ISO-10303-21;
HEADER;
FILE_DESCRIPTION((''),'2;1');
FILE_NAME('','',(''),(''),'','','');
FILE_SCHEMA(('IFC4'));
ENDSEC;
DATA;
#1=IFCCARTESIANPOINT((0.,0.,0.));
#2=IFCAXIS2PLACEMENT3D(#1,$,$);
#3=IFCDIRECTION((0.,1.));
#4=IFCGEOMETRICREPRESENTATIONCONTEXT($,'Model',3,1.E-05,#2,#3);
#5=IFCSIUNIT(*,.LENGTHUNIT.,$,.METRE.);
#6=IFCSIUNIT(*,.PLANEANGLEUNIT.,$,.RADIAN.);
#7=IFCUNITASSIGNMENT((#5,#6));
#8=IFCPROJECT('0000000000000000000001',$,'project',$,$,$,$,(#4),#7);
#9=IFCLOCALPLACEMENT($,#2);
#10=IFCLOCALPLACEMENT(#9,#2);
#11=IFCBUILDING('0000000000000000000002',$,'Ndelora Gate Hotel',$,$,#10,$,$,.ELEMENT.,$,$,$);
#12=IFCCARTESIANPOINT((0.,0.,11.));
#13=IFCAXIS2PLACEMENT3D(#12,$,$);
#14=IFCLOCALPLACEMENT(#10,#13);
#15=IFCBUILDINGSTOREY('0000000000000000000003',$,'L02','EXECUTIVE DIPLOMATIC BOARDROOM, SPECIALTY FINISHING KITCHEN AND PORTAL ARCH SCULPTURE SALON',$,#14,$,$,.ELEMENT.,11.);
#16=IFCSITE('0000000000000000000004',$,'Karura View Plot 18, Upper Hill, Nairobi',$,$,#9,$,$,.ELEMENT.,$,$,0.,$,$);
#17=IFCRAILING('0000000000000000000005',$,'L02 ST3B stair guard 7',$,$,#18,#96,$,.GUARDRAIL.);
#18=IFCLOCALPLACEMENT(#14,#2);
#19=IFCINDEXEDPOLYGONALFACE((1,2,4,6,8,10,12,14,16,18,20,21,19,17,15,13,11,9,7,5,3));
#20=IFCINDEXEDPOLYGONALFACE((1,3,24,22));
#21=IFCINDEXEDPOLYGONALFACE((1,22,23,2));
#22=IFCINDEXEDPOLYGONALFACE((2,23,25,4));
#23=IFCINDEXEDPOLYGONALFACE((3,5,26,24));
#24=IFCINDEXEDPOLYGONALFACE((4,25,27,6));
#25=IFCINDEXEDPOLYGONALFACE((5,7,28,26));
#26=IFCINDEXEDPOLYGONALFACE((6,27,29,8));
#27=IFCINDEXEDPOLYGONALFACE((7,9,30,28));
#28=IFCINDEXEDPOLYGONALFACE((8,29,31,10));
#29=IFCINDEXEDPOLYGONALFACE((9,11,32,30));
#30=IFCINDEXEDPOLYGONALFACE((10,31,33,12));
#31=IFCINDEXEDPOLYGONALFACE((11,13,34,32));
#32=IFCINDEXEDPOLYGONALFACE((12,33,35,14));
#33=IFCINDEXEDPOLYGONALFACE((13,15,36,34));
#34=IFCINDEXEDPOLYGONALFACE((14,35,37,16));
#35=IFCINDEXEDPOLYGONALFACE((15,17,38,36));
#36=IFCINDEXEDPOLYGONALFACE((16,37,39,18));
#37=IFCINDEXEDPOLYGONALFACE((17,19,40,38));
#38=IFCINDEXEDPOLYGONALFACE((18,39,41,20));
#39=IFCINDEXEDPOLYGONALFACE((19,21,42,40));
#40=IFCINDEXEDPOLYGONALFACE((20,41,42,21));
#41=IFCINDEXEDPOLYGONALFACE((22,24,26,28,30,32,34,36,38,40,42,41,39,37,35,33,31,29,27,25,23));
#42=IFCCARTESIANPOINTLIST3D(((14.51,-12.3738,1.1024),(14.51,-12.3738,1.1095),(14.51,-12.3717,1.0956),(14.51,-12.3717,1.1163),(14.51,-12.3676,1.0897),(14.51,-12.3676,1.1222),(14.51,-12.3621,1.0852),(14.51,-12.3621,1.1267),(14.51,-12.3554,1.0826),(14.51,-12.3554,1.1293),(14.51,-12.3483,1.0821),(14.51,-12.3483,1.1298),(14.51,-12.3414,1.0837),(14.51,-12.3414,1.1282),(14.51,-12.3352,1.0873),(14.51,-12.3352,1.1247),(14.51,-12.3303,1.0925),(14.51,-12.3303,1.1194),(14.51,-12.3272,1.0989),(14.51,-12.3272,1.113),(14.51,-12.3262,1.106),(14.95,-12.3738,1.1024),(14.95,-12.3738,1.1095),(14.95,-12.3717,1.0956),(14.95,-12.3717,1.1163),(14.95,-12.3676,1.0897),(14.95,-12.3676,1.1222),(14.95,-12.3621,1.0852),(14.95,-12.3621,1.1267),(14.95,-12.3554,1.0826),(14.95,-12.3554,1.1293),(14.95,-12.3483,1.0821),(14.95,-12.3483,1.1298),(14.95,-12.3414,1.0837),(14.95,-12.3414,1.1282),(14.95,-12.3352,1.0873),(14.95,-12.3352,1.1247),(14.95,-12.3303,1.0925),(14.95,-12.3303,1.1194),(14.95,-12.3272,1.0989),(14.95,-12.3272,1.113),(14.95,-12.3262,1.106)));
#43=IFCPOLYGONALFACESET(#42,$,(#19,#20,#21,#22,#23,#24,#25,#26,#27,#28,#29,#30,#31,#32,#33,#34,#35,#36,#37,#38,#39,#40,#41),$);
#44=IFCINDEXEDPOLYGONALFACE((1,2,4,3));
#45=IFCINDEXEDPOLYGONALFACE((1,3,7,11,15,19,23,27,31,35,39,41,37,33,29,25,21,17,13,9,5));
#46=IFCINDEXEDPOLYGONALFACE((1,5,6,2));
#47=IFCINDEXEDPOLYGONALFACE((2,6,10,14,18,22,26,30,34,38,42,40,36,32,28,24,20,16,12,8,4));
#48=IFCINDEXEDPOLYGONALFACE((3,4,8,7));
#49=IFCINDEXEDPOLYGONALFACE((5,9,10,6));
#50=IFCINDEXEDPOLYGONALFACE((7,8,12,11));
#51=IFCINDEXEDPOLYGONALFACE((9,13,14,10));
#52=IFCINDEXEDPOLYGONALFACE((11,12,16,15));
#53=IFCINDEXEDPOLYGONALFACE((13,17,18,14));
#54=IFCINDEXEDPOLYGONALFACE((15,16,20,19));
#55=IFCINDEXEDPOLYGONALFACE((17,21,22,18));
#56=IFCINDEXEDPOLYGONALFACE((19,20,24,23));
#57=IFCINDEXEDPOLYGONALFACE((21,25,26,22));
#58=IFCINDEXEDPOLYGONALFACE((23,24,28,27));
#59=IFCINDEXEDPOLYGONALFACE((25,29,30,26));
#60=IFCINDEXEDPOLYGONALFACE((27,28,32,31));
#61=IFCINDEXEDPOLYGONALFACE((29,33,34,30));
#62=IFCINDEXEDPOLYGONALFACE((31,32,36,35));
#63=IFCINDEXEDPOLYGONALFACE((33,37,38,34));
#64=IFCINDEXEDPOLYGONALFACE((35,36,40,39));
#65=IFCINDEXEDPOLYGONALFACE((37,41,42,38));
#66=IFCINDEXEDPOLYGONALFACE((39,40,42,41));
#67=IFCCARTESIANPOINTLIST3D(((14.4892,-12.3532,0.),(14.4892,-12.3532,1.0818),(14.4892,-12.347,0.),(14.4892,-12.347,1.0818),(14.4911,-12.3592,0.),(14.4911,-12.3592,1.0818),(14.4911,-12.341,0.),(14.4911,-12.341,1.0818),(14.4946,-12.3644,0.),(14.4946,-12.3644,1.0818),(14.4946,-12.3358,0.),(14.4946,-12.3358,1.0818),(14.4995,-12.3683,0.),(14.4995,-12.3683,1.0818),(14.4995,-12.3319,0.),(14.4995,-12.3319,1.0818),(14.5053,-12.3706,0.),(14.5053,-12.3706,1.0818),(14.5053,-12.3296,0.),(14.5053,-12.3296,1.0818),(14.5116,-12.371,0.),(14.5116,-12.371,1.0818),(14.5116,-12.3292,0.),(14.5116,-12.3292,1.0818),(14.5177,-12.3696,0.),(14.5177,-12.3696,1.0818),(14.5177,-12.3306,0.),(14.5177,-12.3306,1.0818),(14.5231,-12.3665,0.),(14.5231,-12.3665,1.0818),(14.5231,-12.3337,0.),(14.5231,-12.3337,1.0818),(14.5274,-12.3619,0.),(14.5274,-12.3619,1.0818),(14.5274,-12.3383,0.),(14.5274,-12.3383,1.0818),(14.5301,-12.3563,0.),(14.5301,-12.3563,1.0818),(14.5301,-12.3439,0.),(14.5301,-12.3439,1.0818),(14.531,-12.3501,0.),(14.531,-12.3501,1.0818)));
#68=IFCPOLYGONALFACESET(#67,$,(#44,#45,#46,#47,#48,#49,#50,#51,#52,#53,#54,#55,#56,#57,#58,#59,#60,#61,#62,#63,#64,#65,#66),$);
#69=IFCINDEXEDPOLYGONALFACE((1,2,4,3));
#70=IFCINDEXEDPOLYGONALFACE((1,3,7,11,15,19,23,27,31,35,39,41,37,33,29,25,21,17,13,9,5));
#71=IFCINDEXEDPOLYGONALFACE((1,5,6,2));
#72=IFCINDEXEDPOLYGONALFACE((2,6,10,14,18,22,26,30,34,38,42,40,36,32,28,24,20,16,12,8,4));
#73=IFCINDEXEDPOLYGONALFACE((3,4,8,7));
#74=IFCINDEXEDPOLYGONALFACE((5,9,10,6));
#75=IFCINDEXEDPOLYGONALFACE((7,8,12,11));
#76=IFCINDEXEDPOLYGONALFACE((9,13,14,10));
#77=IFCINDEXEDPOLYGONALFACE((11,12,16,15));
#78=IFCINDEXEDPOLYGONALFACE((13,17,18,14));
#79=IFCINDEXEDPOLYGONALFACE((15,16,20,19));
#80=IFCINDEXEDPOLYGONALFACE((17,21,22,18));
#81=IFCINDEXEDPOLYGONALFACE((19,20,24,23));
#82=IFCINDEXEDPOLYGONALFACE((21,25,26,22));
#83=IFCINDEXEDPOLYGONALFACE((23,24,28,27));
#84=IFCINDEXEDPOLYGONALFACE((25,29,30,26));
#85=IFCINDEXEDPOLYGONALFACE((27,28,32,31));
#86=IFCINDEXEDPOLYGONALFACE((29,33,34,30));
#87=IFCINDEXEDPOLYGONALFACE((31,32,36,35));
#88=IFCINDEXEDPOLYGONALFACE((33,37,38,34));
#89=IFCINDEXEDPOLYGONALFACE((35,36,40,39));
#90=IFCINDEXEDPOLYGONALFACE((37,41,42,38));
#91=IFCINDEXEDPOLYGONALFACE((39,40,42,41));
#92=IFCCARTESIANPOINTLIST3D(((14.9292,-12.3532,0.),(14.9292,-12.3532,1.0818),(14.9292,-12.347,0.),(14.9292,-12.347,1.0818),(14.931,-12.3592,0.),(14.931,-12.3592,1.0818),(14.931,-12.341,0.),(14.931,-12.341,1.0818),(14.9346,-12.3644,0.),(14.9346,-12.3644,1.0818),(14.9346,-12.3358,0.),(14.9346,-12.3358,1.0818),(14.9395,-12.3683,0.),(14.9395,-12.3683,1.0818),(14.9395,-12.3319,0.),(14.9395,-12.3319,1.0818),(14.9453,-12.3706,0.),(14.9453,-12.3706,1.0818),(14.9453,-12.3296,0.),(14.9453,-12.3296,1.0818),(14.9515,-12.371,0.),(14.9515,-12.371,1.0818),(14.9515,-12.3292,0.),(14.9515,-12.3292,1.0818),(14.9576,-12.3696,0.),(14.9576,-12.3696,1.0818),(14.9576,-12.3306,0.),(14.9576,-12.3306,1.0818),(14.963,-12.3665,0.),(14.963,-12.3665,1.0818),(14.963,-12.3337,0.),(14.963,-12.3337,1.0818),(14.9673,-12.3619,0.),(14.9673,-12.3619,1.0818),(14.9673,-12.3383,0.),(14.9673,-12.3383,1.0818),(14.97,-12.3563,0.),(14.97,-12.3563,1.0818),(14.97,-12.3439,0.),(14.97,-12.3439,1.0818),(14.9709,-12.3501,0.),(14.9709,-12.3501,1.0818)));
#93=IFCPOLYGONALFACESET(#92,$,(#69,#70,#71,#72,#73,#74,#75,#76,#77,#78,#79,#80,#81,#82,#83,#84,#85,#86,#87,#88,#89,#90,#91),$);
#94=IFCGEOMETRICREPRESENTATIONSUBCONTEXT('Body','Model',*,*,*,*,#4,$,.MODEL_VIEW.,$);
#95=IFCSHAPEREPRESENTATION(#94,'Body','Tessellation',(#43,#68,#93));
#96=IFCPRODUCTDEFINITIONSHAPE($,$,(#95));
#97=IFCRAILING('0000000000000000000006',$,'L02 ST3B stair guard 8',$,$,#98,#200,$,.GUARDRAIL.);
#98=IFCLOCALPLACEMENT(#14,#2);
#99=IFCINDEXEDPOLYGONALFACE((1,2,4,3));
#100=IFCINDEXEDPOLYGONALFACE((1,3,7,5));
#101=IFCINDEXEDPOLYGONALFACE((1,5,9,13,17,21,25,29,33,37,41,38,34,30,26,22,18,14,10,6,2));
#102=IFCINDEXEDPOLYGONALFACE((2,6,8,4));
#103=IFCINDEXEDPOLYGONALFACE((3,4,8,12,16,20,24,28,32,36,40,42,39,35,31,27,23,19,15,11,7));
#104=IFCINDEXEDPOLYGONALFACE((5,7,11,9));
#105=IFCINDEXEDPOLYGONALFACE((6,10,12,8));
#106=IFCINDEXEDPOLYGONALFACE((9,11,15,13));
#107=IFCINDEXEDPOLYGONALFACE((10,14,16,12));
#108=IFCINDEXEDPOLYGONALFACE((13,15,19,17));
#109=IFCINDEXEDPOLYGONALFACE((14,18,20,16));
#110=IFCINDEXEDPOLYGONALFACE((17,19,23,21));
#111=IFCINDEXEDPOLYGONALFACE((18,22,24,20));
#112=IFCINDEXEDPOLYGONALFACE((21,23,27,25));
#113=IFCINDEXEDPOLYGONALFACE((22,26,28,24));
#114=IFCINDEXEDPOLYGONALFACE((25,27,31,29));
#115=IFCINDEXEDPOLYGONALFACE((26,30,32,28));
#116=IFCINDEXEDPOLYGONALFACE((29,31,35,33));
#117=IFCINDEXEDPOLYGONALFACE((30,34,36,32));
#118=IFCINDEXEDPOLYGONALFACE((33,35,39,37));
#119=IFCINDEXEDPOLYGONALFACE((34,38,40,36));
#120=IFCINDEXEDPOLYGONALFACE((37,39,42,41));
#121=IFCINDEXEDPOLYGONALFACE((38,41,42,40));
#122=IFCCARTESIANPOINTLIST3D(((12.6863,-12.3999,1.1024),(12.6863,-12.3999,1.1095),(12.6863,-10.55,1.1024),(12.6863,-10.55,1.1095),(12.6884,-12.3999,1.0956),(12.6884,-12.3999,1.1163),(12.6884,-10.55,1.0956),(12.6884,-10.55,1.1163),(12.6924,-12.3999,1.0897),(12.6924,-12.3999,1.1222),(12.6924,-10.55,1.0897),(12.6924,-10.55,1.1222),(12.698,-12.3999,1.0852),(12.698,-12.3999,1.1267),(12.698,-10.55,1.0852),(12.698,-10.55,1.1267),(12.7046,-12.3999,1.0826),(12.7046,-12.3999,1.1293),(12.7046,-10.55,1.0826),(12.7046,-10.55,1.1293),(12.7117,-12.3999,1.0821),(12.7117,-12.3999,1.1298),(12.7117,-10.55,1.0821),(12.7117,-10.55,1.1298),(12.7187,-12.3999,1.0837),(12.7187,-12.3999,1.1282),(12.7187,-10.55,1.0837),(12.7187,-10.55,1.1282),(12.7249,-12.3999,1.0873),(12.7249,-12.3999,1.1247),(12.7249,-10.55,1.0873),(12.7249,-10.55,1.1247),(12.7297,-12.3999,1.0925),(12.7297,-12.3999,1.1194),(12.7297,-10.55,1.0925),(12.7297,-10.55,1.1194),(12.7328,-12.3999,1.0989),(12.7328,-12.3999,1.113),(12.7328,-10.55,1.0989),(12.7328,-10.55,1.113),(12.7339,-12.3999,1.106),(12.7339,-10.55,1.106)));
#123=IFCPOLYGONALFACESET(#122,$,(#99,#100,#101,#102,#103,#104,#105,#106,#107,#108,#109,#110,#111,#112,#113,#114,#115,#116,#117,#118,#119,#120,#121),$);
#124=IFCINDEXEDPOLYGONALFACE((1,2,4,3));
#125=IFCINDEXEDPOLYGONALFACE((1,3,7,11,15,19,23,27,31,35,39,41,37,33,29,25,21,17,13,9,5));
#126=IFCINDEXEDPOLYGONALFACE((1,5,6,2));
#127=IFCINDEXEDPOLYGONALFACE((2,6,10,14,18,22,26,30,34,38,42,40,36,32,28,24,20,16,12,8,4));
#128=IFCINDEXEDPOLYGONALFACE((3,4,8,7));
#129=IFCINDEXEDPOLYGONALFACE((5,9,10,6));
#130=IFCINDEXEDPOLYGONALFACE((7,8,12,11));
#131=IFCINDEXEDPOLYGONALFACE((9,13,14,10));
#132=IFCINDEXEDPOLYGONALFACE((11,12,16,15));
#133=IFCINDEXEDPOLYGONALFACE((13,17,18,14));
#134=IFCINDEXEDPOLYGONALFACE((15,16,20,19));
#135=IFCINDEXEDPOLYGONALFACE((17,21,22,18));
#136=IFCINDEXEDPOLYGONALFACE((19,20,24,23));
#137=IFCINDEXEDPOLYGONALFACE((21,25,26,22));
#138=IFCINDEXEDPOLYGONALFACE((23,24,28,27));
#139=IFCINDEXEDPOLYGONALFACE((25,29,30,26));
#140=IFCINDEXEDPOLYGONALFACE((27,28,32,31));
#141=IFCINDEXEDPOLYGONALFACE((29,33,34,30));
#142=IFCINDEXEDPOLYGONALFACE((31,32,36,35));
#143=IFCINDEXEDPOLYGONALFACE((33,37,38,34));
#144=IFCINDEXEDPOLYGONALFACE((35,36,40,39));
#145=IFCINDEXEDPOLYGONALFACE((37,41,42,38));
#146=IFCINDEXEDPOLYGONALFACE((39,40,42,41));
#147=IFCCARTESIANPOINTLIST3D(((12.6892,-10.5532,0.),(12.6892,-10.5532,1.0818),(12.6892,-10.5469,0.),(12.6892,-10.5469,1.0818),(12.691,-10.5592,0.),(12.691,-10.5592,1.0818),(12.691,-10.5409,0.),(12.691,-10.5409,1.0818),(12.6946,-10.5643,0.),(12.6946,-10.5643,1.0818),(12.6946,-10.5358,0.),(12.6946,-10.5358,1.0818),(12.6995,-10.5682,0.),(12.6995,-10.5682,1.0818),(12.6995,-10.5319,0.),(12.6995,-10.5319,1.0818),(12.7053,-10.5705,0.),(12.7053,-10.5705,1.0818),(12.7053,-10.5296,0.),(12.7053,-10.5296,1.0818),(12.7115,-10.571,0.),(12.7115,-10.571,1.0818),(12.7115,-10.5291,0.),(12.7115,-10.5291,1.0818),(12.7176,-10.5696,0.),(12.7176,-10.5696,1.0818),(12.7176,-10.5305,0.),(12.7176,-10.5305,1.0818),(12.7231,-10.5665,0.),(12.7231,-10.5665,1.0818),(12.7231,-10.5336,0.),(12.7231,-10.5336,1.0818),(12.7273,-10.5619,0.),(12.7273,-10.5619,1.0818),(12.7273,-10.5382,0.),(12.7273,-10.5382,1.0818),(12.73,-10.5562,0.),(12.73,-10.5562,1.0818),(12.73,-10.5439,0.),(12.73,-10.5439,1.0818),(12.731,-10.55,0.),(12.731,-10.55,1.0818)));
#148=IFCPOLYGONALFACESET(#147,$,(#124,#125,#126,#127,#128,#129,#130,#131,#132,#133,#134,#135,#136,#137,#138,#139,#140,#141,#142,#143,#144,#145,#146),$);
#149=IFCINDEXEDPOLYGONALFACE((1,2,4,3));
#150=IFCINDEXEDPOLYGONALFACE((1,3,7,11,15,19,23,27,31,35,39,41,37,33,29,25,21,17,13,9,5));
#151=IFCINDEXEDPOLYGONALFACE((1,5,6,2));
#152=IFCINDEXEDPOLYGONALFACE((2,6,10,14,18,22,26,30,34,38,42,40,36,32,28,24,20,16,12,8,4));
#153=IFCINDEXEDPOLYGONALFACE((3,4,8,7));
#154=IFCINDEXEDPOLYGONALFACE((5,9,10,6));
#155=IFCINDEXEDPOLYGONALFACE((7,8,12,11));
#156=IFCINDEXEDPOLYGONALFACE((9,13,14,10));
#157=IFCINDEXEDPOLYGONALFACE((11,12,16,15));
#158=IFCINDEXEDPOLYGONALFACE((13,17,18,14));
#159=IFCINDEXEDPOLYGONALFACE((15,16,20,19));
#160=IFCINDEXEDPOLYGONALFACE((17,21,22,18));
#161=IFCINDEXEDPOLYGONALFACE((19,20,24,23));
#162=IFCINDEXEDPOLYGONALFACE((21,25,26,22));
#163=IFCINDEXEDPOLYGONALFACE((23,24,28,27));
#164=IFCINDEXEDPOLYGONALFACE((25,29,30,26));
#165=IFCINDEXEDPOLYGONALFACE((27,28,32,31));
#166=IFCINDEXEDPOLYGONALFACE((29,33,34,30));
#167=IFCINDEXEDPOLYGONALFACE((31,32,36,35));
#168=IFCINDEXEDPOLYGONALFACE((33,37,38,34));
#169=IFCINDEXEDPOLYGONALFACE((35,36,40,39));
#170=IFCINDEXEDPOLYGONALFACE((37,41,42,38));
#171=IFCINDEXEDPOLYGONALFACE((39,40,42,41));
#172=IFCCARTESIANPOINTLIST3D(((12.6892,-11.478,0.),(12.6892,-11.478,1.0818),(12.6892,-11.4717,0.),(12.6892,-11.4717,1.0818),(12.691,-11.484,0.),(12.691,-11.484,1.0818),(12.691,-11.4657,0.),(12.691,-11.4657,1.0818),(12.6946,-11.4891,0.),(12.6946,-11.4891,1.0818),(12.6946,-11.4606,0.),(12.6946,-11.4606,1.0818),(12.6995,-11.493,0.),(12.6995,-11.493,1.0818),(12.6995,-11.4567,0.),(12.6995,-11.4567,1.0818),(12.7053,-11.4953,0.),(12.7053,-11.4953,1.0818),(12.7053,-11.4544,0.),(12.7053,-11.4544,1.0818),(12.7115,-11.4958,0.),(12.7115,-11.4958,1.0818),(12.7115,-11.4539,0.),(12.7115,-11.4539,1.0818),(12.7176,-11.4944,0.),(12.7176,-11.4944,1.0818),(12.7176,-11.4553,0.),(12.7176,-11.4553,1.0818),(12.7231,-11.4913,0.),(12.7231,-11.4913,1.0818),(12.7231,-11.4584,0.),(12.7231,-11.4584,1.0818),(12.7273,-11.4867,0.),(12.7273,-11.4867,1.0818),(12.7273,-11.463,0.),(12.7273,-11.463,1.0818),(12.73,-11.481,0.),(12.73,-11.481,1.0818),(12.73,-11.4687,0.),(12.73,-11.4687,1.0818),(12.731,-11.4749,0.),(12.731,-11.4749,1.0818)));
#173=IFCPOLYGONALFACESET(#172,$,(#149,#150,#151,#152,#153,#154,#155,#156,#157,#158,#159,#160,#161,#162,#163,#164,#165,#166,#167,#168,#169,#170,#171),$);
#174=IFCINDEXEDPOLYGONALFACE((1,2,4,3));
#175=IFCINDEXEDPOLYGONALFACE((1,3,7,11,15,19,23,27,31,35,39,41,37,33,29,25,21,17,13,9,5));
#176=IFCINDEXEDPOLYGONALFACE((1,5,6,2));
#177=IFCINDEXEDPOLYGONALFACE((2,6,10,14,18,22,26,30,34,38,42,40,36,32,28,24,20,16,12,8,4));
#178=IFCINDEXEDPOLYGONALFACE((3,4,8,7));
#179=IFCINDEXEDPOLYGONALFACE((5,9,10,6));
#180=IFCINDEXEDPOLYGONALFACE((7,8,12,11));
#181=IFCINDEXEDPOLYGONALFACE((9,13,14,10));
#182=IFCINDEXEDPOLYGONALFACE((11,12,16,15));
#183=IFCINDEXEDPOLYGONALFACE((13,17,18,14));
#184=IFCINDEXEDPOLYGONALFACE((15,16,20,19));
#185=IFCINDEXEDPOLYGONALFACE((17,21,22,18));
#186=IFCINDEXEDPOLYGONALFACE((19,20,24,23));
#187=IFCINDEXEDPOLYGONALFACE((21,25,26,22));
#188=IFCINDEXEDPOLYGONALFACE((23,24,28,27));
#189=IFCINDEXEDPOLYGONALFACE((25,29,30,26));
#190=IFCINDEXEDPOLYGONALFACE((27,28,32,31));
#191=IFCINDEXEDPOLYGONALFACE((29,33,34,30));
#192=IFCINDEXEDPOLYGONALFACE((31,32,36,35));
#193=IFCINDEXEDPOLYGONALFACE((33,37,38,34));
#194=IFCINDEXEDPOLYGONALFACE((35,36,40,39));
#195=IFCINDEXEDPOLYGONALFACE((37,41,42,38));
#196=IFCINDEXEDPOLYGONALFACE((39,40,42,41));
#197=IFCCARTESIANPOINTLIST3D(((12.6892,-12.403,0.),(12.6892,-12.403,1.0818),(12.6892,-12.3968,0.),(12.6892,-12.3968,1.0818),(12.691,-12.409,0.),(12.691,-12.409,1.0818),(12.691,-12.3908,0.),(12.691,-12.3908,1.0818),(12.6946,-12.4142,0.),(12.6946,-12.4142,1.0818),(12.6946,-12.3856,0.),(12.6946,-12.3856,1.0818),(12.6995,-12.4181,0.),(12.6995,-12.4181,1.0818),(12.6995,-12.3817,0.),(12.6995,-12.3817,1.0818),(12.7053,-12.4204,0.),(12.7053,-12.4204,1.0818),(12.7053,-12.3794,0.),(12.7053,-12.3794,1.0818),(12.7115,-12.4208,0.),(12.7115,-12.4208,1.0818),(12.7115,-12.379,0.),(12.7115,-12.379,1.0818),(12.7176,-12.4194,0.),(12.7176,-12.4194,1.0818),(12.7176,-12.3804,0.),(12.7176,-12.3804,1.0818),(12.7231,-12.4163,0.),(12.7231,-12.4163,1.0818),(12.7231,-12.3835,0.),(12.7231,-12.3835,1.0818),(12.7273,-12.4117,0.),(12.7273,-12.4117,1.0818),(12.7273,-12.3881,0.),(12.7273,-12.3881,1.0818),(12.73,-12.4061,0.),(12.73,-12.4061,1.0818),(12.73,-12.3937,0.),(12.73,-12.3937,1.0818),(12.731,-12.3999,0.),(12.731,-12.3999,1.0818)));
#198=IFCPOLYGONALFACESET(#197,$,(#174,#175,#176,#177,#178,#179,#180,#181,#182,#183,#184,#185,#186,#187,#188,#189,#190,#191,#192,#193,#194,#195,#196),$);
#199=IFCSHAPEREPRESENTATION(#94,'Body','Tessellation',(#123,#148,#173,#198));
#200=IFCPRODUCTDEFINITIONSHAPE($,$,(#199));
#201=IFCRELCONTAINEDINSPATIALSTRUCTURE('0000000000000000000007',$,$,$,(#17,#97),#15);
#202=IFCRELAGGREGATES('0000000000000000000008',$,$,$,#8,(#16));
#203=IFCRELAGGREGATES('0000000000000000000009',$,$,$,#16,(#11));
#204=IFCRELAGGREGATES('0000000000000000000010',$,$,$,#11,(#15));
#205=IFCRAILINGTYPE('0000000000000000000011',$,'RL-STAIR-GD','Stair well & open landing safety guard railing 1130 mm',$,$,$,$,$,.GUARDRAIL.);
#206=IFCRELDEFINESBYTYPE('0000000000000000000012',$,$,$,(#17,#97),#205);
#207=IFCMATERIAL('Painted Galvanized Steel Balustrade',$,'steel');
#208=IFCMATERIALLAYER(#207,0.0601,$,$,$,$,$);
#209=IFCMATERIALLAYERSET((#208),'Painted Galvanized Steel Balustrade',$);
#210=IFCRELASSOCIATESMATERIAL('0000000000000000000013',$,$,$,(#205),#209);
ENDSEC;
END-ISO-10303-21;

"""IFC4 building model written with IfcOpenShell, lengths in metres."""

from ifc_helpers import new_model, si_unit, direction, frame, origin, origin_2d, place, context, subcontext, project, spatial, circle, extrude, material, layer, layer_set, type_object, element, save


model = new_model("IFC4")

# Units and contexts
model_context = context("Model", 3, precision=1e-05, world=origin(), true_north=direction((0.0, 1.0)))
body_context = subcontext(model_context, "Body", "Model", "MODEL_VIEW")
ifc_project = project(units=[si_unit("LENGTHUNIT", "METRE"), si_unit("PLANEANGLEUNIT", "RADIAN")], contexts=[model_context])

# Site, building, storey
site_placement = place(None, origin())
site = spatial("IfcSite", under=ifc_project, at=site_placement, Name="Karura View Plot 18, Upper Hill, Nairobi", CompositionType="ELEMENT", RefElevation=0.0)
building_placement = place(site_placement, origin())
building = spatial("IfcBuilding", under=site, at=building_placement, Name="Ndelora Gate Hotel", CompositionType="ELEMENT")
storey_placement = place(building_placement, frame((0.0, 0.0, 11.0)))
storey = spatial("IfcBuildingStorey", under=building, at=storey_placement, Name="L02", Description="EXECUTIVE DIPLOMATIC BOARDROOM, SPECIALTY FINISHING KITCHEN AND PORTAL ARCH SCULPTURE SALON", CompositionType="ELEMENT", Elevation=11.0)

# Railings
ifc_material_1 = material(Name="Painted Galvanized Steel Balustrade", Category="steel")
ifc_layer_1 = layer(ifc_material_1, 0.0601)
ifc_layer_set_1 = layer_set([ifc_layer_1], Name="Painted Galvanized Steel Balustrade")
railing_type_1 = type_object("IfcRailingType", Name="RL-STAIR-GD", Description="Stair well & open landing safety guard railing 1130 mm", PredefinedType="GUARDRAIL", material=ifc_layer_set_1)
railing_1_placement = place(storey_placement, frame((14.51, -12.3501, 0.0)))
element("IfcRailing", 1, at=railing_1_placement, inside=storey, type_object=railing_type_1, Name="L02 ST3B stair guard 7", PredefinedType="GUARDRAIL", context=body_context, shape_type="SweptSolid", body=[
    extrude(circle(Radius=0.0239, at=origin_2d()), frame((0.0, 0.0, 1.106), z_axis=(1.0, 0.0, 0.0), x_axis=(0.0, 1.0, 0.0)), (0.0, 0.0, 1.0), 0.4399),
    extrude(circle(Radius=0.021, at=origin_2d()), origin(), (0.0, 0.0, 1.0), 1.0818),
    extrude(circle(Radius=0.021, at=origin_2d()), frame((0.4399, 0.0, 0.0)), (0.0, 0.0, 1.0), 1.0818),
])
for number, where, name in (
    (2, (12.71, -10.55, 0.0), "L02 ST3B stair guard 8"),
):
    element("IfcRailing", number, at=place(storey_placement, frame(where)), inside=storey, type_object=railing_type_1, Name=name, PredefinedType="GUARDRAIL", context=body_context, shape_type="SweptSolid", body=[
        extrude(circle(Radius=0.0239, at=origin_2d()), frame((0.0, 0.0, 1.106), z_axis=(0.0, -1.0, 0.0), x_axis=(1.0, 0.0, 0.0)), (0.0, 0.0, 1.0), 1.8499),
        extrude(circle(Radius=0.021, at=origin_2d()), origin(), (0.0, 0.0, 1.0), 1.0818),
        extrude(circle(Radius=0.021, at=origin_2d()), frame((0.0, -0.9248, 0.0)), (0.0, 0.0, 1.0), 1.0818),
        extrude(circle(Radius=0.021, at=origin_2d()), frame((0.0, -1.8499, 0.0)), (0.0, 0.0, 1.0), 1.0818),
    ])

save(model, "model.ifc")
